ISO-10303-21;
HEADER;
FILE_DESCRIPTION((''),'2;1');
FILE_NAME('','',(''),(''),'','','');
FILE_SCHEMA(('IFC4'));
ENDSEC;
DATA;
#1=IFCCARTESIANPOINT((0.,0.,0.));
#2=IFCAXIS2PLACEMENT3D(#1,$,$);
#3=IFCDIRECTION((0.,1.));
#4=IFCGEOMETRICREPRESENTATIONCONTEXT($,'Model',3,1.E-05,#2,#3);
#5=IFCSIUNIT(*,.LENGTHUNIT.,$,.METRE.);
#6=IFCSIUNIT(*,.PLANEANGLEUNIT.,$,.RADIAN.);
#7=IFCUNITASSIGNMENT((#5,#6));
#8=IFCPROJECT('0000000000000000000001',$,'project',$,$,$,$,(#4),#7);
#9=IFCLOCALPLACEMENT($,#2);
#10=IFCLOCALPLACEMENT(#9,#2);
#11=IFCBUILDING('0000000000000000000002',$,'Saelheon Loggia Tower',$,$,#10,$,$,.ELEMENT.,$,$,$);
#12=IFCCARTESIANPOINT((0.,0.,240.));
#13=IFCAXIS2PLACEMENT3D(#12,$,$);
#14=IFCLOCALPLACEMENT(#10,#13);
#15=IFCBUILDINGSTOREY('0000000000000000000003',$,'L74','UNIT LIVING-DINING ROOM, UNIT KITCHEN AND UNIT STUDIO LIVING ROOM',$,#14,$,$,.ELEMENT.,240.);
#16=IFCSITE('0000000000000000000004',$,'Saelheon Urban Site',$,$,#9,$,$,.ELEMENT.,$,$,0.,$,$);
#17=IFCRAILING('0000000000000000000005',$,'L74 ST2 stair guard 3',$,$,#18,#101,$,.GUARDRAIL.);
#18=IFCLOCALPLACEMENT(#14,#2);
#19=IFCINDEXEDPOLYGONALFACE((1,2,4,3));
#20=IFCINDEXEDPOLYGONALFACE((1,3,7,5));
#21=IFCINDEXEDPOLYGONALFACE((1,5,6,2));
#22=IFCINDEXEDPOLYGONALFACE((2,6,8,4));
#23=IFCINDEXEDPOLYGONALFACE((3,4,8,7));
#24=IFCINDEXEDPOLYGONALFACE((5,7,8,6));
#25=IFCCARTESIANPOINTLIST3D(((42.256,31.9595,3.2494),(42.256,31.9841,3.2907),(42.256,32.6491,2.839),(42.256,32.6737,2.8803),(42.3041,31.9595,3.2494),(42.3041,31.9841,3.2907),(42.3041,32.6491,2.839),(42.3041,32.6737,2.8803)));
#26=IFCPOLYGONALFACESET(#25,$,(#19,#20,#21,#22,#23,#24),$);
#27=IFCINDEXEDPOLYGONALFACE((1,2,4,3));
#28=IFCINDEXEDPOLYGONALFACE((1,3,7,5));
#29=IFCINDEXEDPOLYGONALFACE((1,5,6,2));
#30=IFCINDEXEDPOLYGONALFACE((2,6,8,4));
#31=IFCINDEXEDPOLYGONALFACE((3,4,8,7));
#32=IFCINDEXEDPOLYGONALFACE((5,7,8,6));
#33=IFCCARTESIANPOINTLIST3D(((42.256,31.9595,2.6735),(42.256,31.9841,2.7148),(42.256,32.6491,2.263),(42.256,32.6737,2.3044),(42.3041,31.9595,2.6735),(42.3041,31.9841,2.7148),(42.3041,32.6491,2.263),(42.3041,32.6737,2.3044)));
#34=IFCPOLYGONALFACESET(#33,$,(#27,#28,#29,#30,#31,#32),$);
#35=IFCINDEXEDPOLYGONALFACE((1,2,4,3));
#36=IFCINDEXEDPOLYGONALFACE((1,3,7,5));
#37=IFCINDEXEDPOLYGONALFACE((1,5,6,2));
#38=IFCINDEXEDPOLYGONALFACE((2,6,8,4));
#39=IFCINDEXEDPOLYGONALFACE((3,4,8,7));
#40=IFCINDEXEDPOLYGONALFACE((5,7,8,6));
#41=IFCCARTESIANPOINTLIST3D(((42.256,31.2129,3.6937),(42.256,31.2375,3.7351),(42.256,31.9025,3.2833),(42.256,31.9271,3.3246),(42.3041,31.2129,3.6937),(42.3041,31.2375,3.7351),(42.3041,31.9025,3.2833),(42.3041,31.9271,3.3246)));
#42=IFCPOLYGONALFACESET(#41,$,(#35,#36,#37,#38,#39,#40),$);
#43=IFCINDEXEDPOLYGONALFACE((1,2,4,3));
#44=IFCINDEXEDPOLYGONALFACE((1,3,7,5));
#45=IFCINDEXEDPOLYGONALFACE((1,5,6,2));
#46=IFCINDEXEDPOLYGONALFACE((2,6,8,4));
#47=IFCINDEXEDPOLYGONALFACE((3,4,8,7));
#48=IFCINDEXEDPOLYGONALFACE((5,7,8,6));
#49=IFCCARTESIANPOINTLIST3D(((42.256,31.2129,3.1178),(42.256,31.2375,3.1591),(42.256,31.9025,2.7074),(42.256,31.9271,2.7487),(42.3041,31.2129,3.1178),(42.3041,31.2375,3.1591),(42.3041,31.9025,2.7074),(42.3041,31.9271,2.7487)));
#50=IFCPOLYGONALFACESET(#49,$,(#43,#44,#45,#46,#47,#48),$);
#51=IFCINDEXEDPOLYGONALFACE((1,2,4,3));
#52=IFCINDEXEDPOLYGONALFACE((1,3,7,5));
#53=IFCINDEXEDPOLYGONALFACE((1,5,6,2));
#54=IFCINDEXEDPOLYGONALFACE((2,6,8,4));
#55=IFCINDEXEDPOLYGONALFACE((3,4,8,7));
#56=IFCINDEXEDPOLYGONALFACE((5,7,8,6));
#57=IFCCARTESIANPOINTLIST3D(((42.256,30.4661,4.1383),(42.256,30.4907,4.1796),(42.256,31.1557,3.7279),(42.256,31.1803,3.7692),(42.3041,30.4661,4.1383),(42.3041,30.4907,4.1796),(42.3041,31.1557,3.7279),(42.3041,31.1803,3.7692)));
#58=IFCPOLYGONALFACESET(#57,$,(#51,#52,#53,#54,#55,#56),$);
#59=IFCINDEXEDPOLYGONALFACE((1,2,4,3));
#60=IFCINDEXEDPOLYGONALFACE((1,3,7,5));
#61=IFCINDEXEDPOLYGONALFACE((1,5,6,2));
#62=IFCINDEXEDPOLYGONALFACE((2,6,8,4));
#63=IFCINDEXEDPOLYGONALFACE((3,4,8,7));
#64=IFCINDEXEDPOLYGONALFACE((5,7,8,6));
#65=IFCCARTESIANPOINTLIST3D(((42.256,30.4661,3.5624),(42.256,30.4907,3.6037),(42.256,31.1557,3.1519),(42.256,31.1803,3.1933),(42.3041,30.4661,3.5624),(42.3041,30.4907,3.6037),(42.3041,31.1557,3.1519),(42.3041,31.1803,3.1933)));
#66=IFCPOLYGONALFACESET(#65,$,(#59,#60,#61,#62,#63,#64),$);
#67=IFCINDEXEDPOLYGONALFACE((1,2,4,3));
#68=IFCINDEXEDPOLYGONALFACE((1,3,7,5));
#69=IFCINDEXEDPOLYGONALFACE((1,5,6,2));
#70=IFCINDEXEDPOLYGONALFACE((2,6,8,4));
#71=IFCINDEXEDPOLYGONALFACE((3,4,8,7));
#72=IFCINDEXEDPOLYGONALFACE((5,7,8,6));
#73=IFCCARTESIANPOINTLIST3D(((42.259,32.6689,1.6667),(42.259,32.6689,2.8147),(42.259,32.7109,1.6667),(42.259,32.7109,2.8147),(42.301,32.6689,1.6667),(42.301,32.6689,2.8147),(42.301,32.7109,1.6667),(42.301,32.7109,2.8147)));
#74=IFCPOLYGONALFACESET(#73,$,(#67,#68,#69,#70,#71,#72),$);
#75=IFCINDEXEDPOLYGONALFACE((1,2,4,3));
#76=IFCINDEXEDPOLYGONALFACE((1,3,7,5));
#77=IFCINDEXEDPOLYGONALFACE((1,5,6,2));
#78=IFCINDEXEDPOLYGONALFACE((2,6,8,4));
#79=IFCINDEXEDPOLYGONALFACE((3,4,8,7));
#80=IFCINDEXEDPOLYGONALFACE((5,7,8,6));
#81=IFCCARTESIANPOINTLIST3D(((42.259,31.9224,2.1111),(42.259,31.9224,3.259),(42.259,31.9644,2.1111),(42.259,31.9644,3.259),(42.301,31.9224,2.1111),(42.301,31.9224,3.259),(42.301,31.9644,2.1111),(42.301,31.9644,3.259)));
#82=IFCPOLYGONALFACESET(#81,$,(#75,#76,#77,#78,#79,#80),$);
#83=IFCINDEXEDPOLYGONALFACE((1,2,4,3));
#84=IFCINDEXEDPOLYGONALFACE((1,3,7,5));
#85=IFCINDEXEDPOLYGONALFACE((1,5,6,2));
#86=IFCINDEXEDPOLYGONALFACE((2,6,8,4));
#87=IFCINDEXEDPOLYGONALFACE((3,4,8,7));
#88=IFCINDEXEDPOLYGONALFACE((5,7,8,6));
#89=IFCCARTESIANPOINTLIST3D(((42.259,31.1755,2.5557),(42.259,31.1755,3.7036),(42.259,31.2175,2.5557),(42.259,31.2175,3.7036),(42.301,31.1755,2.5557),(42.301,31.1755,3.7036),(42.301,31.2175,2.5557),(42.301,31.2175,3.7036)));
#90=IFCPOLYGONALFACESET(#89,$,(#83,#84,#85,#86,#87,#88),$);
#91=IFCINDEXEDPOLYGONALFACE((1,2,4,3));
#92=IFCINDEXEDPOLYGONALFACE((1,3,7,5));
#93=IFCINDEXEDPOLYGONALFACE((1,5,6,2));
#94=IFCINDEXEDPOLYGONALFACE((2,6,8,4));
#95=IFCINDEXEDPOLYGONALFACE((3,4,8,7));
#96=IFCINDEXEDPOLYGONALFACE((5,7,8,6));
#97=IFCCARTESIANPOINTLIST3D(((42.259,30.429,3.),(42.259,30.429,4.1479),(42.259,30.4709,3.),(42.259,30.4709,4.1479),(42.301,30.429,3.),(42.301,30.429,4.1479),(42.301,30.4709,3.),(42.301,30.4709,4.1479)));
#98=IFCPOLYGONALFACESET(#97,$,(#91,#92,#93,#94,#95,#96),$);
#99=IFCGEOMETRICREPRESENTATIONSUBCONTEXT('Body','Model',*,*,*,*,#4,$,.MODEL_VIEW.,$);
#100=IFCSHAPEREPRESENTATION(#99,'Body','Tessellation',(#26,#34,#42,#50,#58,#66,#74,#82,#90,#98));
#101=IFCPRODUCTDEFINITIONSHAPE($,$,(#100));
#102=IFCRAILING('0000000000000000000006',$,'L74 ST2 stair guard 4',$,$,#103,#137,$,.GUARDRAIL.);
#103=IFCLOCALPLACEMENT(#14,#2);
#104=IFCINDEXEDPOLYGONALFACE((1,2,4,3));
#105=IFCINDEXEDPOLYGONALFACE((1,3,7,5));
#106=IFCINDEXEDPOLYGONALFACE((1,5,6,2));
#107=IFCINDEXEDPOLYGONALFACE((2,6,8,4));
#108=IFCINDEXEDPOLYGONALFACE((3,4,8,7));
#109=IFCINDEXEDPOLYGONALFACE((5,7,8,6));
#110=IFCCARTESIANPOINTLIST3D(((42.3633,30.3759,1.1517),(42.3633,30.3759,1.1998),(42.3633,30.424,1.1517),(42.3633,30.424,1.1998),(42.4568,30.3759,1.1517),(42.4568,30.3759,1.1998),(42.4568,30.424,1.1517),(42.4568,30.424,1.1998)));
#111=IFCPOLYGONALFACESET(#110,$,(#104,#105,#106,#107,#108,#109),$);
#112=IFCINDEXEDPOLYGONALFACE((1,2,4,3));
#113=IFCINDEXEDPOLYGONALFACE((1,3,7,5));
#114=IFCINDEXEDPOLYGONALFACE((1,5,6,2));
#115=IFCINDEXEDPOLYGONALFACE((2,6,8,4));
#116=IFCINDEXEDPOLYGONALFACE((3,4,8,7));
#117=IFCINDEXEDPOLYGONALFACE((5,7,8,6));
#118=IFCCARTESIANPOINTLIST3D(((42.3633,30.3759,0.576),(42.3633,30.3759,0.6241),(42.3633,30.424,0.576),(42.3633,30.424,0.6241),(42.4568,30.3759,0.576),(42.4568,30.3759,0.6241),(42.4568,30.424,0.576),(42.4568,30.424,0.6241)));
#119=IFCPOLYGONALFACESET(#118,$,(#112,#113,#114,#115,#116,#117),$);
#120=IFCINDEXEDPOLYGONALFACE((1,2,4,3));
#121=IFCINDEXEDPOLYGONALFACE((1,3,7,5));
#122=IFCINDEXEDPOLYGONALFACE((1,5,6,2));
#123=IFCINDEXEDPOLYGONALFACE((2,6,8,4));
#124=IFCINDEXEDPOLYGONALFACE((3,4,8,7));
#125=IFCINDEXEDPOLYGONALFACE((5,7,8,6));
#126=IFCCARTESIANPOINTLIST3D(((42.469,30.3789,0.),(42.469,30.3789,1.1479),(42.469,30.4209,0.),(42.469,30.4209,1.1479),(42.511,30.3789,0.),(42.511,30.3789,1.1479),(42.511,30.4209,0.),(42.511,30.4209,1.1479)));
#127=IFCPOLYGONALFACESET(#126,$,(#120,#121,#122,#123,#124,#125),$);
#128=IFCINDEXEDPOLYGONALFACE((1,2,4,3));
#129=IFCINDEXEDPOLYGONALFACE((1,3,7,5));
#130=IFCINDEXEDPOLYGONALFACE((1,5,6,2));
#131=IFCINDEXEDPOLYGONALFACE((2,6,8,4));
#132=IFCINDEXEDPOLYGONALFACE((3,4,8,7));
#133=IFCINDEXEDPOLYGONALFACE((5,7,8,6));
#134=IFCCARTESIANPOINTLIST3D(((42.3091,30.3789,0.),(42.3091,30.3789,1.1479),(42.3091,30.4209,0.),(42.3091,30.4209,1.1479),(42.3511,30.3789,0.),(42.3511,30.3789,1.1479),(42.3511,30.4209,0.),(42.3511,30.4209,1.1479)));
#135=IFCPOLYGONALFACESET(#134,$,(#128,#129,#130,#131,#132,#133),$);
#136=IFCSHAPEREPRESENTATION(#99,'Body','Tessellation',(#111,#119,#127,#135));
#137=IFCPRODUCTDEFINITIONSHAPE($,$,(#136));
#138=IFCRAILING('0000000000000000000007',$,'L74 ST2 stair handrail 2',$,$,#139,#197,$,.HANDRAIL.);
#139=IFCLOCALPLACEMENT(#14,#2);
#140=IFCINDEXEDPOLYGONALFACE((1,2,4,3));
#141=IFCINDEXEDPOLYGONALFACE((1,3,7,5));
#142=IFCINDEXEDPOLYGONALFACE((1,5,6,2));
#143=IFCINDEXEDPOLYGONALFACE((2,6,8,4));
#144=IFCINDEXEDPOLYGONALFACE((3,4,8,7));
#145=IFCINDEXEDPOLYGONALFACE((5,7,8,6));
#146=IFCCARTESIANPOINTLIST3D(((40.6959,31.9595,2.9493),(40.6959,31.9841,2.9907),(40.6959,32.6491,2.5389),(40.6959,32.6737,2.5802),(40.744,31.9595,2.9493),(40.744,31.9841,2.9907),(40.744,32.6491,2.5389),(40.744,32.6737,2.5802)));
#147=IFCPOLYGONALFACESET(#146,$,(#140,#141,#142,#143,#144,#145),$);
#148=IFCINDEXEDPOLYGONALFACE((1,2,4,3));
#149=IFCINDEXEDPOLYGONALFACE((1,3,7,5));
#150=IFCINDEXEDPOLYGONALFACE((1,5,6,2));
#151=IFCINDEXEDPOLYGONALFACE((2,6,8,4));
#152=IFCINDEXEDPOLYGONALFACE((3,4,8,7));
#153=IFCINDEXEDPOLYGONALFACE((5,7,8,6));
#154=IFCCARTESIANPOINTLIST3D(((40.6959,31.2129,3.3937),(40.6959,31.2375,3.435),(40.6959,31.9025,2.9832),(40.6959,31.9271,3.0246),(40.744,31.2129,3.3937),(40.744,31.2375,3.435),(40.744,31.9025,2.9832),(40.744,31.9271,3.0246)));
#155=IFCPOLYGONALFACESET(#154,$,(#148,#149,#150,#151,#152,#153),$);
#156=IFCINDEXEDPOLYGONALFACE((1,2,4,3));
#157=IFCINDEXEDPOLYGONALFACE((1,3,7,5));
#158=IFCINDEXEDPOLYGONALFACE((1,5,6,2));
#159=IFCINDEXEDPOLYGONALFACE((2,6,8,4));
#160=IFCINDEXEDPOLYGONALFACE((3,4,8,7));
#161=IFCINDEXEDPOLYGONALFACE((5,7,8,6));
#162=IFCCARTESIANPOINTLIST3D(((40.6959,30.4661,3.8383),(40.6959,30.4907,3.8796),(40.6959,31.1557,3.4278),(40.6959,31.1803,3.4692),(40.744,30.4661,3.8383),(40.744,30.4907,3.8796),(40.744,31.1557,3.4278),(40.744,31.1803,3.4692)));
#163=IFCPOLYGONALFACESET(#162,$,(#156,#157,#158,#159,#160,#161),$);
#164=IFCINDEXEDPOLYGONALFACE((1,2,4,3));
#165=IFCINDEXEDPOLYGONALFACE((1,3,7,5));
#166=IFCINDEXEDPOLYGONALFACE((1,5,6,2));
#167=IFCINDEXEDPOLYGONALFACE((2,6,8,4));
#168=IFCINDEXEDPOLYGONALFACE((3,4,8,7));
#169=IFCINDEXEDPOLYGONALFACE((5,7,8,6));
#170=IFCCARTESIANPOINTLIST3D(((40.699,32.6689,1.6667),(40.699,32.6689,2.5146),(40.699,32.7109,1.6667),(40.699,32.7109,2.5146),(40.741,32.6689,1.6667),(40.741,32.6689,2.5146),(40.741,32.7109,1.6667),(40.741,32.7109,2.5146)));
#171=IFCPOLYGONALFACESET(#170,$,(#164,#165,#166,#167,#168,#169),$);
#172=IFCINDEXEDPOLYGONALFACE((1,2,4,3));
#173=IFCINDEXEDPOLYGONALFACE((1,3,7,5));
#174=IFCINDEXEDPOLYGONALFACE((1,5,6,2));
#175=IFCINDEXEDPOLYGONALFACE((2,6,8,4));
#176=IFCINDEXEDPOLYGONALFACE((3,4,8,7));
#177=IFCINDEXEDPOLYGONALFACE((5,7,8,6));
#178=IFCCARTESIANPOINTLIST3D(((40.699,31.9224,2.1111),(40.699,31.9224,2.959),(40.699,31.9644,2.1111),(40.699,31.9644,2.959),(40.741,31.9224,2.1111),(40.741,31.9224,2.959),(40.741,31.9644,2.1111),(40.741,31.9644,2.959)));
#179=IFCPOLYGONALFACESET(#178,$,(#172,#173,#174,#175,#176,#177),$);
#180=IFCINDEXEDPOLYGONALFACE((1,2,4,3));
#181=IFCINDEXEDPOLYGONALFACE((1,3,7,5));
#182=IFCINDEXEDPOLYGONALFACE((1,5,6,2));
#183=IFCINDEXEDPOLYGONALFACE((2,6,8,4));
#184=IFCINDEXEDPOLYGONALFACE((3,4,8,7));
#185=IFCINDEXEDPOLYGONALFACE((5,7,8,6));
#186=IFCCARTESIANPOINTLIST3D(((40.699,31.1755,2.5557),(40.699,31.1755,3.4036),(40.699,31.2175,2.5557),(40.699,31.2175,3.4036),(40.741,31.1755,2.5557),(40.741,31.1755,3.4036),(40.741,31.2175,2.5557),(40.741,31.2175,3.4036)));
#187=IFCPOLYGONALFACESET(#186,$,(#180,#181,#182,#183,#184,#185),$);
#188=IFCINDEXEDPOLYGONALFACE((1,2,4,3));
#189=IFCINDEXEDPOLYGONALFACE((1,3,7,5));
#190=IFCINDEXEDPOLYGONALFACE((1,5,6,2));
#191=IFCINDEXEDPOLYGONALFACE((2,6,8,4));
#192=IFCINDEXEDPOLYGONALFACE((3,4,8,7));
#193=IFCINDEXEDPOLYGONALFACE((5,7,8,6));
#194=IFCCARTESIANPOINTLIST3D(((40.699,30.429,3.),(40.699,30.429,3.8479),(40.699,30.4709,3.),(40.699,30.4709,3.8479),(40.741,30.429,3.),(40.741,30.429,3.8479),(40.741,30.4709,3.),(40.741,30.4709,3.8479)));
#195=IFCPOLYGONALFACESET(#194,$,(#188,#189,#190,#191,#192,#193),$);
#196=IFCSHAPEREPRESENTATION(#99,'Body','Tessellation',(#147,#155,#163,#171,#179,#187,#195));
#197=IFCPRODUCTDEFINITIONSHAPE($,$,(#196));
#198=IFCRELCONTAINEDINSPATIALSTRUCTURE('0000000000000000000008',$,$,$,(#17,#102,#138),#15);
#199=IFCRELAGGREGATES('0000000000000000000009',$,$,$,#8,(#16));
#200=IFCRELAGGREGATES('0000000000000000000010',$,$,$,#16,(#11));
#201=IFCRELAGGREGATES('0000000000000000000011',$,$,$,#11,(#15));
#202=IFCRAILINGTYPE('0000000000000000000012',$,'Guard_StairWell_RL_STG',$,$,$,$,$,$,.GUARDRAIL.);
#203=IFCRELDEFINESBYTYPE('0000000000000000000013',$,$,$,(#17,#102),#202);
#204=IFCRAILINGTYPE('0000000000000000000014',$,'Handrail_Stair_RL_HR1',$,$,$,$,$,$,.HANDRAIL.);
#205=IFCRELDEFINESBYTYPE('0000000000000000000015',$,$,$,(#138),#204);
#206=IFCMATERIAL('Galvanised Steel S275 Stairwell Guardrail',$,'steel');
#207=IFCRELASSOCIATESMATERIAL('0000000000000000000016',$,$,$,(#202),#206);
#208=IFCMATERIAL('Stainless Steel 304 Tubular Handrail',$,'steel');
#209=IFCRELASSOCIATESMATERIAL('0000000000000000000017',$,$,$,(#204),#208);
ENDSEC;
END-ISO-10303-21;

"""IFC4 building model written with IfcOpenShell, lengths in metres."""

from ifc_helpers import new_model, si_unit, direction, frame, origin, origin_2d, place, context, subcontext, project, spatial, rectangle, extrude, material, type_object, element, save


model = new_model("IFC4")

# Units and contexts
model_context = context("Model", 3, precision=1e-05, world=origin(), true_north=direction((0.0, 1.0)))
body_context = subcontext(model_context, "Body", "Model", "MODEL_VIEW")
ifc_project = project(units=[si_unit("LENGTHUNIT", "METRE"), si_unit("PLANEANGLEUNIT", "RADIAN")], contexts=[model_context])

# Site, building, storey
site_placement = place(None, origin())
site = spatial("IfcSite", under=ifc_project, at=site_placement, Name="Saelheon Urban Site", CompositionType="ELEMENT", RefElevation=0.0)
building_placement = place(site_placement, origin())
building = spatial("IfcBuilding", under=site, at=building_placement, Name="Saelheon Loggia Tower", CompositionType="ELEMENT")
storey_placement = place(building_placement, frame((0.0, 0.0, 240.0)))
storey = spatial("IfcBuildingStorey", under=building, at=storey_placement, Name="L74", Description="UNIT LIVING-DINING ROOM, UNIT KITCHEN AND UNIT STUDIO LIVING ROOM", CompositionType="ELEMENT", Elevation=240.0)

# Railings
ifc_material_1 = material(Name="Galvanised Steel S275 Stairwell Guardrail", Category="steel")
railing_type_1 = type_object("IfcRailingType", Name="Guard_StairWell_RL_STG", PredefinedType="GUARDRAIL", material=ifc_material_1)
railing_1_placement = place(storey_placement, frame((42.28, 32.6899, 1.6667)))
element("IfcRailing", 1, at=railing_1_placement, inside=storey, type_object=railing_type_1, Name="L74 ST2 stair guard 3", PredefinedType="GUARDRAIL", context=body_context, shape_type="SweptSolid", body=[
    extrude(rectangle(XDim=0.0481, YDim=0.0481, at=origin_2d()), frame((0.0, -0.0286, 1.1929), z_axis=(0.0, -0.859306, 0.511462), x_axis=(1.0, 0.0, 0.0)), (0.0, 0.0, 1.0), 0.8025),
    extrude(rectangle(XDim=0.0481, YDim=0.0481, at=origin_2d()), frame((0.0, -0.0286, 0.6169), z_axis=(0.0, -0.859306, 0.511462), x_axis=(1.0, 0.0, 0.0)), (0.0, 0.0, 1.0), 0.8025),
    extrude(rectangle(XDim=0.0481, YDim=0.0481, at=origin_2d()), frame((0.0, -0.7751, 1.6372), z_axis=(0.0, -0.859306, 0.511462), x_axis=(1.0, 0.0, 0.0)), (0.0, 0.0, 1.0), 0.8025),
    extrude(rectangle(XDim=0.0481, YDim=0.0481, at=origin_2d()), frame((0.0, -0.7751, 1.0613), z_axis=(0.0, -0.859306, 0.511462), x_axis=(1.0, 0.0, 0.0)), (0.0, 0.0, 1.0), 0.8025),
    extrude(rectangle(XDim=0.0481, YDim=0.0481, at=origin_2d()), frame((0.0, -1.522, 2.0818), z_axis=(0.0, -0.859306, 0.511462), x_axis=(1.0, 0.0, 0.0)), (0.0, 0.0, 1.0), 0.8025),
    extrude(rectangle(XDim=0.0481, YDim=0.0481, at=origin_2d()), frame((0.0, -1.522, 1.5059), z_axis=(0.0, -0.859306, 0.511462), x_axis=(1.0, 0.0, 0.0)), (0.0, 0.0, 1.0), 0.8025),
    extrude(rectangle(XDim=0.042, YDim=0.042, at=origin_2d()), origin(), (0.0, 0.0, 1.0), 1.1479),
    extrude(rectangle(XDim=0.042, YDim=0.042, at=origin_2d()), frame((0.0, -0.7466, 0.4443)), (0.0, 0.0, 1.0), 1.1479),
    extrude(rectangle(XDim=0.042, YDim=0.042, at=origin_2d()), frame((0.0, -1.4934, 0.8889)), (0.0, 0.0, 1.0), 1.1479),
    extrude(rectangle(XDim=0.042, YDim=0.042, at=origin_2d()), frame((0.0, -2.24, 1.3333)), (0.0, 0.0, 1.0), 1.1479),
])
railing_2_placement = place(storey_placement, frame((42.49, 30.3999, 0.0)))
element("IfcRailing", 2, at=railing_2_placement, inside=storey, type_object=railing_type_1, Name="L74 ST2 stair guard 4", PredefinedType="GUARDRAIL", context=body_context, shape_type="SweptSolid", body=[
    extrude(rectangle(XDim=0.0481, YDim=0.0481, at=origin_2d()), frame((-0.0332, 0.0, 1.1758), z_axis=(-1.0, 0.0, 0.0), x_axis=(0.0, -1.0, 0.0)), (0.0, 0.0, 1.0), 0.0935),
    extrude(rectangle(XDim=0.0481, YDim=0.0481, at=origin_2d()), frame((-0.0332, 0.0, 0.6001), z_axis=(-1.0, 0.0, 0.0), x_axis=(0.0, -1.0, 0.0)), (0.0, 0.0, 1.0), 0.0935),
    extrude(rectangle(XDim=0.042, YDim=0.042, at=origin_2d()), origin(), (0.0, 0.0, 1.0), 1.1479),
    extrude(rectangle(XDim=0.042, YDim=0.042, at=origin_2d()), frame((-0.1599, 0.0, 0.0)), (0.0, 0.0, 1.0), 1.1479),
])
ifc_material_2 = material(Name="Stainless Steel 304 Tubular Handrail", Category="steel")
railing_type_2 = type_object("IfcRailingType", Name="Handrail_Stair_RL_HR1", PredefinedType="HANDRAIL", material=ifc_material_2)
railing_3_placement = place(storey_placement, frame((40.72, 32.6899, 1.6667)))
element("IfcRailing", 3, at=railing_3_placement, inside=storey, type_object=railing_type_2, Name="L74 ST2 stair handrail 2", PredefinedType="HANDRAIL", context=body_context, shape_type="SweptSolid", body=[
    extrude(rectangle(XDim=0.0481, YDim=0.0481, at=origin_2d()), frame((0.0, -0.0286, 0.8928), z_axis=(0.0, -0.859306, 0.511462), x_axis=(1.0, 0.0, 0.0)), (0.0, 0.0, 1.0), 0.8025),
    extrude(rectangle(XDim=0.0481, YDim=0.0481, at=origin_2d()), frame((0.0, -0.7751, 1.3372), z_axis=(0.0, -0.859306, 0.511462), x_axis=(1.0, 0.0, 0.0)), (0.0, 0.0, 1.0), 0.8025),
    extrude(rectangle(XDim=0.0481, YDim=0.0481, at=origin_2d()), frame((0.0, -1.522, 1.7817), z_axis=(0.0, -0.859306, 0.511462), x_axis=(1.0, 0.0, 0.0)), (0.0, 0.0, 1.0), 0.8025),
    extrude(rectangle(XDim=0.042, YDim=0.042, at=origin_2d()), origin(), (0.0, 0.0, 1.0), 0.8479),
    extrude(rectangle(XDim=0.042, YDim=0.042, at=origin_2d()), frame((0.0, -0.7466, 0.4443)), (0.0, 0.0, 1.0), 0.8479),
    extrude(rectangle(XDim=0.042, YDim=0.042, at=origin_2d()), frame((0.0, -1.4934, 0.8889)), (0.0, 0.0, 1.0), 0.8479),
    extrude(rectangle(XDim=0.042, YDim=0.042, at=origin_2d()), frame((0.0, -2.24, 1.3333)), (0.0, 0.0, 1.0), 0.8479),
])

save(model, "model.ifc")
